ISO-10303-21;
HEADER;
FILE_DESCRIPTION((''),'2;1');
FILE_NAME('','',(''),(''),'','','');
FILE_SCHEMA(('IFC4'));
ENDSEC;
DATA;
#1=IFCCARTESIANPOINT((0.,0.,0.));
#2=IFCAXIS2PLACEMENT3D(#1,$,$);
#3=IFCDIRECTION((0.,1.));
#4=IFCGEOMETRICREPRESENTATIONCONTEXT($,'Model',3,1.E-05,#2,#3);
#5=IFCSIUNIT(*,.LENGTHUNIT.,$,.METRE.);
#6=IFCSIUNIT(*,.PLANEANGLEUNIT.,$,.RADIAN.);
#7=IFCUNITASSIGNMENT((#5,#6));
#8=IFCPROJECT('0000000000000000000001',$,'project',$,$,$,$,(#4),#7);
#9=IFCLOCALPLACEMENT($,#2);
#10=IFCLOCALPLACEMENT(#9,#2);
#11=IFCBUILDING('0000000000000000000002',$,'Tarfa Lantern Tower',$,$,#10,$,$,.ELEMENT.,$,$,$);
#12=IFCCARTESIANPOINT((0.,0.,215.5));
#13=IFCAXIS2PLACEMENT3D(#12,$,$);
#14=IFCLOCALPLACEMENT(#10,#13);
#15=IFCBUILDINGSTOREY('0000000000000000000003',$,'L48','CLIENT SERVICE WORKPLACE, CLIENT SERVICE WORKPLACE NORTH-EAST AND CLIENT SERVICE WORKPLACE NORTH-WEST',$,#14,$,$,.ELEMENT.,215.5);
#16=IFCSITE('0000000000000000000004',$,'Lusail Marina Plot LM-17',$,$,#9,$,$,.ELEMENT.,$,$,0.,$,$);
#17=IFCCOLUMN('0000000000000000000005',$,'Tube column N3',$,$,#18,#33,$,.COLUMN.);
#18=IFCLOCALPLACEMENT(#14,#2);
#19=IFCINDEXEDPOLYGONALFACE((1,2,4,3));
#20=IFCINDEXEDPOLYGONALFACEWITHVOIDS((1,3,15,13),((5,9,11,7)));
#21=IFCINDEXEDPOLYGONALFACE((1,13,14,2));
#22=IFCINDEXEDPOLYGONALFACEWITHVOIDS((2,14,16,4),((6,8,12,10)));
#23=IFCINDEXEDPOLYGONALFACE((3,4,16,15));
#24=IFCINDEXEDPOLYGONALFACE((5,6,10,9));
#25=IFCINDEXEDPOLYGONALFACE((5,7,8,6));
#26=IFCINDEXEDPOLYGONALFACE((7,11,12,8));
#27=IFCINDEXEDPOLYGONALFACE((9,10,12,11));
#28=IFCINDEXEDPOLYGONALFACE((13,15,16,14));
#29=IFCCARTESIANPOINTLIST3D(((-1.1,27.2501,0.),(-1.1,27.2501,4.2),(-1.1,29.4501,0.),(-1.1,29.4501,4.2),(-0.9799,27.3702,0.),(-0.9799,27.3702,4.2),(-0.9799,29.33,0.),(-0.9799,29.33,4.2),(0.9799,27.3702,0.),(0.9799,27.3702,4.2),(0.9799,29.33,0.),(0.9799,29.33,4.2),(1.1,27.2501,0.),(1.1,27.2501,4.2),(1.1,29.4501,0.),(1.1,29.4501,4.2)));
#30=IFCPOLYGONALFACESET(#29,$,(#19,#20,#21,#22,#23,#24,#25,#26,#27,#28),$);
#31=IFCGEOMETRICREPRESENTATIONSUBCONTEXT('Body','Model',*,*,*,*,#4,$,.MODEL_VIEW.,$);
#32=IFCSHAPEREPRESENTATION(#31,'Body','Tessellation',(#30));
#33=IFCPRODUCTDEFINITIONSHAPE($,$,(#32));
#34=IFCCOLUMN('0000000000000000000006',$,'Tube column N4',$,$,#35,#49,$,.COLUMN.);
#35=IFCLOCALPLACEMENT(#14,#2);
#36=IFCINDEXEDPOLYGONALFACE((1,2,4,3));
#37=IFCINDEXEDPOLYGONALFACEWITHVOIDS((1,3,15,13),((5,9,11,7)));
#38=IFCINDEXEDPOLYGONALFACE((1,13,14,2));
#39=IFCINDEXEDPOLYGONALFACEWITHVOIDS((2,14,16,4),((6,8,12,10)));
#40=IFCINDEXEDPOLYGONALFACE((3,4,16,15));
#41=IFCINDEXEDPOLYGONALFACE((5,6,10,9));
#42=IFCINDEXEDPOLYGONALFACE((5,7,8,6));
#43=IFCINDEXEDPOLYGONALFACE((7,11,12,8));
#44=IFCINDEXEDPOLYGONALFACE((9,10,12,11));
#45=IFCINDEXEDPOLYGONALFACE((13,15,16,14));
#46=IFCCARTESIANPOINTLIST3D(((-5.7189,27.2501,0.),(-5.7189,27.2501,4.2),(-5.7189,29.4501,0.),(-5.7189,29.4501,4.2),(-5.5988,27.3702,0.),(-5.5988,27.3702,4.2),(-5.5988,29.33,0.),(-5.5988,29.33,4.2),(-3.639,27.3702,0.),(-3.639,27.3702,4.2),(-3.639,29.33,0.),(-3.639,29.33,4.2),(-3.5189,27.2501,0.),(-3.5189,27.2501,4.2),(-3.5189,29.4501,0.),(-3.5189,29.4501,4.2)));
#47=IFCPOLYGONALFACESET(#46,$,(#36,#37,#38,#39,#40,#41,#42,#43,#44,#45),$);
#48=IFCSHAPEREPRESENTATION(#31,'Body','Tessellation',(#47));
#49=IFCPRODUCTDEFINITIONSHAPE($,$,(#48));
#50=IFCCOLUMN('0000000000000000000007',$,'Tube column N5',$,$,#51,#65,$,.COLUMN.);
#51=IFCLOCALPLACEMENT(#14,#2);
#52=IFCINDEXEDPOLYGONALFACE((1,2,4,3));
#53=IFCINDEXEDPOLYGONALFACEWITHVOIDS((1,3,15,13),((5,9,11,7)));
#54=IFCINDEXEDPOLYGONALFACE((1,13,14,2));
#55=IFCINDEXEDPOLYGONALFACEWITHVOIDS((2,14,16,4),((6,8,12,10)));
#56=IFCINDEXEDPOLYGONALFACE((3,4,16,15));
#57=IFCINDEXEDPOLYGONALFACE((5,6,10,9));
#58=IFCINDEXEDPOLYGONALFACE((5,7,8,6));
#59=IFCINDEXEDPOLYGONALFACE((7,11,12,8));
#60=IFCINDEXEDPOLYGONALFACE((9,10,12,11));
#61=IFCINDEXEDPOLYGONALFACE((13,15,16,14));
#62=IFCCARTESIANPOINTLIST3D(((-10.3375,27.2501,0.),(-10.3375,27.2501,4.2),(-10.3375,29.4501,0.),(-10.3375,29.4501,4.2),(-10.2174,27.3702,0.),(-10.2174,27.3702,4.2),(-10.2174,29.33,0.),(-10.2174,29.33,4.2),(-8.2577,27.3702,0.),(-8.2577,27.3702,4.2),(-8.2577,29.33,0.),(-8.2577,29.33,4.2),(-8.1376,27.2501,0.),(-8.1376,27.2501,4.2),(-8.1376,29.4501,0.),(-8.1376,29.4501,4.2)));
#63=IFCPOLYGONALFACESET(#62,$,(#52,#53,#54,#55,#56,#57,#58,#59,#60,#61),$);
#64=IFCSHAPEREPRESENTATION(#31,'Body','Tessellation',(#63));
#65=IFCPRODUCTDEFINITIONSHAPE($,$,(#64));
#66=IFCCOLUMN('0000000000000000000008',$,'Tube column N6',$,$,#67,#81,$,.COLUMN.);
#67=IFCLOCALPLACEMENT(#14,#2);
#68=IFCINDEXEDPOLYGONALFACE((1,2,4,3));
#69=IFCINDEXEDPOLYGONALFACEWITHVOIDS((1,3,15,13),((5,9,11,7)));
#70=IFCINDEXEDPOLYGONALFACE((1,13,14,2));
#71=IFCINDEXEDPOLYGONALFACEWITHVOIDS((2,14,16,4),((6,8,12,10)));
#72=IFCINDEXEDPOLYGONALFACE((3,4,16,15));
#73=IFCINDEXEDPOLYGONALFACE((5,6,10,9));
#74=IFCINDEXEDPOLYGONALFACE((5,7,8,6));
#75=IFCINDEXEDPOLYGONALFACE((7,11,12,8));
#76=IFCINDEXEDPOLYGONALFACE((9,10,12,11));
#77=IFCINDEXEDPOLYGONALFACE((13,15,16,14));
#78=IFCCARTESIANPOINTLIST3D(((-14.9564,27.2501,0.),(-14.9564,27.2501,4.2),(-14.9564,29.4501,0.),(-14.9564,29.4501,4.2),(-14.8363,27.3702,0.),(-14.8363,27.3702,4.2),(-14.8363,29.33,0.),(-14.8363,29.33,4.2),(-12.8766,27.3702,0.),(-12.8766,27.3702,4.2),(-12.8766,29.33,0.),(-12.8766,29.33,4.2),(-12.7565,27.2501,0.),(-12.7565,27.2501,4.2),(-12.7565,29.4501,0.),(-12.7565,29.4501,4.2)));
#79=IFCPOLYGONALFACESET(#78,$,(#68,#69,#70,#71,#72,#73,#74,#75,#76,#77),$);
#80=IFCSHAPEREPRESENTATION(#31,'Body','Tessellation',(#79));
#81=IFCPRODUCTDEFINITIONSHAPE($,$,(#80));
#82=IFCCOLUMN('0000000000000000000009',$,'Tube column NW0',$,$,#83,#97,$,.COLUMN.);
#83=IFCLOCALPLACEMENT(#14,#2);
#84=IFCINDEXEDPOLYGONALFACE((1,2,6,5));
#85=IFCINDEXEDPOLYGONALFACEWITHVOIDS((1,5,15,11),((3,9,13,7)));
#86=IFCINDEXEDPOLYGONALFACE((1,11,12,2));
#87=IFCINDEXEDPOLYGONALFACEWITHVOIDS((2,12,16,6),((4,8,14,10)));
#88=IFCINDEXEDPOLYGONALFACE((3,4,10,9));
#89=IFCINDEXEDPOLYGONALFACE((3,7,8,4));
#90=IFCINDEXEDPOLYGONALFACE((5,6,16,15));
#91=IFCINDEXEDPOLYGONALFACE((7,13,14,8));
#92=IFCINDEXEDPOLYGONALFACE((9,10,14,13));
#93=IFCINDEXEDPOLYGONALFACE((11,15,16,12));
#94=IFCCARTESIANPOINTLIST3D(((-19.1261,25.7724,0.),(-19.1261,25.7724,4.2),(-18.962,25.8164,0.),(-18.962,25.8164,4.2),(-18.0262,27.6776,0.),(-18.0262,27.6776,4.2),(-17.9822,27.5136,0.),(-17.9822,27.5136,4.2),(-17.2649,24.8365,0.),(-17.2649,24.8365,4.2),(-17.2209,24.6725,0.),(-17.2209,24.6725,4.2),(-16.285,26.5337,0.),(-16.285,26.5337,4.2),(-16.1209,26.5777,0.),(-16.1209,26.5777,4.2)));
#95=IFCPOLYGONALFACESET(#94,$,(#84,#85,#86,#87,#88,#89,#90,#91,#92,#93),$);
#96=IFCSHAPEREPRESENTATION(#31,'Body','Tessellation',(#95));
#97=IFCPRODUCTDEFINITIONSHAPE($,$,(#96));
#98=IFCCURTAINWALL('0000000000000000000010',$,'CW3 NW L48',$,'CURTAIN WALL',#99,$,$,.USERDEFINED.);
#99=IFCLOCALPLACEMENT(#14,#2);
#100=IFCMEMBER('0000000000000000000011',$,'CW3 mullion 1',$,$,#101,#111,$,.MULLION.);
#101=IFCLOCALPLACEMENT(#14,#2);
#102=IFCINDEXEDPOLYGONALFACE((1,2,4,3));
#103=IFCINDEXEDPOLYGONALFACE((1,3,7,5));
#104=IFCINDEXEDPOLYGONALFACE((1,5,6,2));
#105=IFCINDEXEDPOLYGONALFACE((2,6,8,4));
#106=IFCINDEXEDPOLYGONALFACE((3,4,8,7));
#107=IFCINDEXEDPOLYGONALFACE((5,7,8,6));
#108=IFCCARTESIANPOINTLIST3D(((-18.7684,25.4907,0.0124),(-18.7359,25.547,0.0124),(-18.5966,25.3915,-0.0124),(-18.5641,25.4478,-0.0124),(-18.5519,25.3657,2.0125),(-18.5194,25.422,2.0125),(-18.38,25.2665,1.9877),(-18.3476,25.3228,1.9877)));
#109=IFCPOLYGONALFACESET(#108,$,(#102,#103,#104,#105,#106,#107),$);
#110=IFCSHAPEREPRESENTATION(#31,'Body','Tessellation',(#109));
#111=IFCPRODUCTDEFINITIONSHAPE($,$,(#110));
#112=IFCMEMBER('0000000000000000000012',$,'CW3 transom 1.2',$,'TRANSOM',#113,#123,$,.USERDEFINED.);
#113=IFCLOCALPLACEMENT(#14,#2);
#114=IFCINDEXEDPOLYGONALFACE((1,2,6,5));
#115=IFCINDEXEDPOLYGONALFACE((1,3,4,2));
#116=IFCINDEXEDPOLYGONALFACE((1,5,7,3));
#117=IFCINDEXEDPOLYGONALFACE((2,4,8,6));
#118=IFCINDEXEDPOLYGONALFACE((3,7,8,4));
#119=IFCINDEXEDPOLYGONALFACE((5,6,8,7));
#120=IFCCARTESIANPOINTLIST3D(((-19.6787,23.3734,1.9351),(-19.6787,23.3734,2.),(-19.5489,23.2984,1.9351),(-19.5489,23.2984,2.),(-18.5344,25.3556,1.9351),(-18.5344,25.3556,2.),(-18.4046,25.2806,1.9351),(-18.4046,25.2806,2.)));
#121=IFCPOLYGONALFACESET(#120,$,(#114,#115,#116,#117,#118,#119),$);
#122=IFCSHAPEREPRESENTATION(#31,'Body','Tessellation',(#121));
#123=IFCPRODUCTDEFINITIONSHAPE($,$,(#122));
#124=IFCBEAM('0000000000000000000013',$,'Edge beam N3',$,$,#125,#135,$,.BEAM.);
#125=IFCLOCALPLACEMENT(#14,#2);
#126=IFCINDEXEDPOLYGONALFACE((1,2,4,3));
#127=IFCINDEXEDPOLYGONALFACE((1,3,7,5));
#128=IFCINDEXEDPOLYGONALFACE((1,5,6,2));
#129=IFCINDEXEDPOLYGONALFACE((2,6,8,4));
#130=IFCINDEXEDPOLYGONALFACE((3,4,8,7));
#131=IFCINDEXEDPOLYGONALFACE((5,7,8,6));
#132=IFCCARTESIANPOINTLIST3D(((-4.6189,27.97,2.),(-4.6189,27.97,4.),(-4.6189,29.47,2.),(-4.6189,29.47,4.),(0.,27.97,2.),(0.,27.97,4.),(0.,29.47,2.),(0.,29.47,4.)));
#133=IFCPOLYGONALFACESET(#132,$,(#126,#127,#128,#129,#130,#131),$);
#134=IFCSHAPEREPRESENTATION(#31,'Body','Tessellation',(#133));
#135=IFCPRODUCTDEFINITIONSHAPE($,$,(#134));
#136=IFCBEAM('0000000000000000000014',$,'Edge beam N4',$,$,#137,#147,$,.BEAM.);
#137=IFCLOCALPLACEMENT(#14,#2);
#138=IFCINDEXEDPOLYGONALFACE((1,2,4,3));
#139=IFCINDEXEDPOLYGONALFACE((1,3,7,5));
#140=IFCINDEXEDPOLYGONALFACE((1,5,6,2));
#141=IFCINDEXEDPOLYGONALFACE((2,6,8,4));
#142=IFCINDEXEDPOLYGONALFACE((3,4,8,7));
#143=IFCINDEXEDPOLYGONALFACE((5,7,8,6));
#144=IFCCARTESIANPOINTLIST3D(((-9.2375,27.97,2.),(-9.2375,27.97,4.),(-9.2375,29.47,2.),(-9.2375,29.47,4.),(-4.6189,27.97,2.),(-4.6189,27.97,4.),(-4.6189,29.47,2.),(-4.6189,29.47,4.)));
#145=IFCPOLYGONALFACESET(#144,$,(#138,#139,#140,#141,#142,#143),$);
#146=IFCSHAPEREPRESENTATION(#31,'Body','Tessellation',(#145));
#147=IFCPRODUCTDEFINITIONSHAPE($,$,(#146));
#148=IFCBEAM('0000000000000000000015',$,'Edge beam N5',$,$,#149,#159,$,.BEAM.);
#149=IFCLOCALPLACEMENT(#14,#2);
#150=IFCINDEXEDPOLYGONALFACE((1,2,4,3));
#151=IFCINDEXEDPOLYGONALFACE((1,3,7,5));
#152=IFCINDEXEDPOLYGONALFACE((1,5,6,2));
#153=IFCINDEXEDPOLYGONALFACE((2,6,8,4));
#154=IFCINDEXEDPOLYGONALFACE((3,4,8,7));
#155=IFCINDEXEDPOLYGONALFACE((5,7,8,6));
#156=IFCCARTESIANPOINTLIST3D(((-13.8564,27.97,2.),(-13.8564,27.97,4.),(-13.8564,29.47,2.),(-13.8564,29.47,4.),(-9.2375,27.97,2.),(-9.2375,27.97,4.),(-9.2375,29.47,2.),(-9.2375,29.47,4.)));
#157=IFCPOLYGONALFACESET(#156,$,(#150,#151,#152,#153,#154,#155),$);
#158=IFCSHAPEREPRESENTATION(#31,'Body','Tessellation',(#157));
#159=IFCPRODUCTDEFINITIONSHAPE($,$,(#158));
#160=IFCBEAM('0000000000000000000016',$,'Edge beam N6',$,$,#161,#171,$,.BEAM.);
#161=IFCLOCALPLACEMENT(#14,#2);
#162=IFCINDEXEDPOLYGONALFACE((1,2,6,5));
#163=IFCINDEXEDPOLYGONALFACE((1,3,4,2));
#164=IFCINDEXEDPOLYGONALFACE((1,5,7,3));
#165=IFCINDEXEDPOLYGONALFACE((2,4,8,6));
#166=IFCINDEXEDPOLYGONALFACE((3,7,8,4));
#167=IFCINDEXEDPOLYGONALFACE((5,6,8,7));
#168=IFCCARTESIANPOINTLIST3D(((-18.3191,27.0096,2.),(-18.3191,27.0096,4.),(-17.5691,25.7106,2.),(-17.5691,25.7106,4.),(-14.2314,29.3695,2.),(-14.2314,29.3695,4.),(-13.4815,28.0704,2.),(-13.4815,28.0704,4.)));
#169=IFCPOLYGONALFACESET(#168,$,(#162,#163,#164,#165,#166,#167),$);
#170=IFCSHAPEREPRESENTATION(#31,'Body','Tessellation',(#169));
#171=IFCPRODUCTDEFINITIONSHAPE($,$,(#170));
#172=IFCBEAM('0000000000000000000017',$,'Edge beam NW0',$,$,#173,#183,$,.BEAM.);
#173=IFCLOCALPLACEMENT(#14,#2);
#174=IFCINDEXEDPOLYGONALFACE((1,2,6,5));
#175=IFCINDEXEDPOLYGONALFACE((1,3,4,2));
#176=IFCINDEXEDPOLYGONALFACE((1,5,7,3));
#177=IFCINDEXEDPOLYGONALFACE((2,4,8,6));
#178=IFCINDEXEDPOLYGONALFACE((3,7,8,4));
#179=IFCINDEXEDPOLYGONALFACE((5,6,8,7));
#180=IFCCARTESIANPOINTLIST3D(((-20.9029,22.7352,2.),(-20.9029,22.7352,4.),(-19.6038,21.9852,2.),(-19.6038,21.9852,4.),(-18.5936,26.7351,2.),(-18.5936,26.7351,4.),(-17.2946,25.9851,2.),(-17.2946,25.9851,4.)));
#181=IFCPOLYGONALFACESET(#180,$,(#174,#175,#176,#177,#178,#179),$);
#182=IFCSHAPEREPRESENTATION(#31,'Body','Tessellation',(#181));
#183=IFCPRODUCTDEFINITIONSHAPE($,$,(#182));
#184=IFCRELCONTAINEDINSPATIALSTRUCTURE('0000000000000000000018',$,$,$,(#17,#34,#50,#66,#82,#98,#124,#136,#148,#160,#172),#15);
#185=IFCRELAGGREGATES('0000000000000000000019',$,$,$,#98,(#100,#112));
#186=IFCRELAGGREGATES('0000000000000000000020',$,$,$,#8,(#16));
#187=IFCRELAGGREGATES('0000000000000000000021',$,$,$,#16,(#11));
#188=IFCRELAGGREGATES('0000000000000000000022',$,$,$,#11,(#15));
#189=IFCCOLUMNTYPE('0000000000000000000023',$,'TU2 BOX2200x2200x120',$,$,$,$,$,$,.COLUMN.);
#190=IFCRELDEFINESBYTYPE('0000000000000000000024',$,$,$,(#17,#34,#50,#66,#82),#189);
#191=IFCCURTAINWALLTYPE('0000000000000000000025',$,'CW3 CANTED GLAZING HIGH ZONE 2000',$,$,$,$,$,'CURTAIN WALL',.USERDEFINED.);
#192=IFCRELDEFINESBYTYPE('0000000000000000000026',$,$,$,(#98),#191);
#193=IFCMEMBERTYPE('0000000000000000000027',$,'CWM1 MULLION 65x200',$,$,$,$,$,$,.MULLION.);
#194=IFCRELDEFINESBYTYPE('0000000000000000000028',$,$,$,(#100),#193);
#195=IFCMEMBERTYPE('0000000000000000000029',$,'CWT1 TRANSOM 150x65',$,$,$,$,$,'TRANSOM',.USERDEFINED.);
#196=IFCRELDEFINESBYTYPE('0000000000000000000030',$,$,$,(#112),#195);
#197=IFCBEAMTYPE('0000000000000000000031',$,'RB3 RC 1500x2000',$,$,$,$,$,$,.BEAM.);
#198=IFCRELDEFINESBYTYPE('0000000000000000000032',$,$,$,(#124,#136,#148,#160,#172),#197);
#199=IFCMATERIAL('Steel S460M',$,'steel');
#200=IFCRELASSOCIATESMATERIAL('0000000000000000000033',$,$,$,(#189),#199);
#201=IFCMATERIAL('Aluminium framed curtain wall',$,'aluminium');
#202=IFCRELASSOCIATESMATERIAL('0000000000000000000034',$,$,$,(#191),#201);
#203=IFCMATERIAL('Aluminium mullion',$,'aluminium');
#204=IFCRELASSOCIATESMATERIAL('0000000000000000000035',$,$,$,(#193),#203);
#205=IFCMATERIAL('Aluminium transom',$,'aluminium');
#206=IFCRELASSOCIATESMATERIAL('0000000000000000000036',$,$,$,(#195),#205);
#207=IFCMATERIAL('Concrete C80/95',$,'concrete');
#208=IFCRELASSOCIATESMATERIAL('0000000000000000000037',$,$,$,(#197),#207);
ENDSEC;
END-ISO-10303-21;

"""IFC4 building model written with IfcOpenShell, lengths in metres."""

from ifc_helpers import new_model, si_unit, direction, frame, origin, origin_2d, place, context, subcontext, project, spatial, rectangle, hollow_rectangle, extrude, material, material_profile, profile_set, type_object, element, aggregate, save


model = new_model("IFC4")

# Units and contexts
model_context = context("Model", 3, precision=1e-05, world=origin(), true_north=direction((0.0, 1.0)))
body_context = subcontext(model_context, "Body", "Model", "MODEL_VIEW")
ifc_project = project(units=[si_unit("LENGTHUNIT", "METRE"), si_unit("PLANEANGLEUNIT", "RADIAN")], contexts=[model_context])

# Site, building, storey
site_placement = place(None, origin())
site = spatial("IfcSite", under=ifc_project, at=site_placement, Name="Lusail Marina Plot LM-17", CompositionType="ELEMENT", RefElevation=0.0)
building_placement = place(site_placement, origin())
building = spatial("IfcBuilding", under=site, at=building_placement, Name="Tarfa Lantern Tower", CompositionType="ELEMENT")
storey_placement = place(building_placement, frame((0.0, 0.0, 215.5)))
storey = spatial("IfcBuildingStorey", under=building, at=storey_placement, Name="L48", Description="CLIENT SERVICE WORKPLACE, CLIENT SERVICE WORKPLACE NORTH-EAST AND CLIENT SERVICE WORKPLACE NORTH-WEST", CompositionType="ELEMENT", Elevation=215.5)

# Columns
ifc_material_1 = material(Name="Steel S460M", Category="steel")
ifc_material_profile_1 = material_profile(ifc_material_1, hollow_rectangle(XDim=2.2, YDim=2.2, WallThickness=0.1201, at=origin_2d()), Name="BOX2200x2200x120")
ifc_profile_set_1 = profile_set([ifc_material_profile_1], Name="Steel S460M")
column_type = type_object("IfcColumnType", Name="TU2 BOX2200x2200x120", PredefinedType="COLUMN", material=ifc_profile_set_1)
for number, where, z_axis, x_axis, name in (
    (1, (0.0, 28.3501, 0.0), (0.0, 0.0, 1.0), (-1.0, 0.0, 0.0), "Tube column N3"),
    (2, (-4.6189, 28.3501, 0.0), (0.0, 0.0, 1.0), (-1.0, 0.0, 0.0), "Tube column N4"),
    (3, (-9.2375, 28.3501, 0.0), (0.0, 0.0, 1.0), (-1.0, 0.0, 0.0), "Tube column N5"),
    (4, (-13.8564, 28.3501, 0.0), (0.0, 0.0, 1.0), (-1.0, 0.0, 0.0), "Tube column N6"),
    (5, (-17.6235, 26.175, 0.0), (0.0, 0.0, 1.0), (-0.5, -0.866025, 0.0), "Tube column NW0"),
):
    element("IfcColumn", number, at=place(storey_placement, frame(where, z_axis=z_axis, x_axis=x_axis)), inside=storey, type_object=column_type, Name=name, PredefinedType="COLUMN", context=body_context, shape_type="SweptSolid", body=[
        extrude(hollow_rectangle(XDim=2.2, YDim=2.2, WallThickness=0.1201, at=origin_2d()), origin(), (0.0, 0.0, 1.0), 4.2),
    ])

# Curtain wall, members
ifc_material_2 = material(Name="Aluminium framed curtain wall", Category="aluminium")
curtain_wall_type = type_object("IfcCurtainWallType", Name="CW3 CANTED GLAZING HIGH ZONE 2000", ElementType="CURTAIN WALL", PredefinedType="USERDEFINED", material=ifc_material_2)
curtain_wall_placement = place(storey_placement, origin())
curtain_wall = element("IfcCurtainWall", 6, at=curtain_wall_placement, inside=storey, type_object=curtain_wall_type, Name="CW3 NW L48", ObjectType="CURTAIN WALL", PredefinedType="USERDEFINED")
ifc_material_3 = material(Name="Aluminium mullion", Category="aluminium")
ifc_material_profile_2 = material_profile(ifc_material_3, rectangle(XDim=0.0649, YDim=0.2, at=origin_2d()), Name="AL MULLION 65x200")
ifc_profile_set_2 = profile_set([ifc_material_profile_2], Name="Aluminium mullion")
member_type_1 = type_object("IfcMemberType", Name="CWM1 MULLION 65x200", PredefinedType="MULLION", material=ifc_profile_set_2)
member_1_placement = place(storey_placement, frame((-18.6663, 25.4692, 0.0), z_axis=(0.10744, -0.062017, 0.992275), x_axis=(0.49992, 0.866072, 0.0)))
member_1 = element("IfcMember", 7, at=member_1_placement, type_object=member_type_1, Name="CW3 mullion 1", PredefinedType="MULLION", context=body_context, shape_type="SweptSolid", body=[
    extrude(rectangle(XDim=0.0649, YDim=0.2, at=origin_2d()), origin(), (0.0, 0.0, 1.0), 2.0156),
])
ifc_material_4 = material(Name="Aluminium transom", Category="aluminium")
ifc_material_profile_3 = material_profile(ifc_material_4, rectangle(XDim=0.1499, YDim=0.0649, at=origin_2d()), Name="AL TRANSOM 150x65")
ifc_profile_set_3 = profile_set([ifc_material_profile_3], Name="Aluminium transom")
member_type_2 = type_object("IfcMemberType", Name="CWT1 TRANSOM 150x65", ElementType="TRANSOM", PredefinedType="USERDEFINED", material=ifc_profile_set_3)
member_2_placement = place(storey_placement, frame((-18.4695, 25.3181, 1.9675), z_axis=(-0.499959, -0.866049, 0.0), x_axis=(0.866049, -0.499959, 0.0)))
member_2 = element("IfcMember", 8, at=member_2_placement, type_object=member_type_2, Name="CW3 transom 1.2", ObjectType="TRANSOM", PredefinedType="USERDEFINED", context=body_context, shape_type="SweptSolid", body=[
    extrude(rectangle(XDim=0.1499, YDim=0.0649, at=origin_2d()), origin(), (0.0, 0.0, 1.0), 2.2888),
])
aggregate(curtain_wall, [member_1, member_2])

# Beams
ifc_material_5 = material(Name="Concrete C80/95", Category="concrete")
ifc_material_profile_4 = material_profile(ifc_material_5, rectangle(XDim=1.5, YDim=2.0, at=origin_2d()), Name="RC 1500x2000")
ifc_profile_set_4 = profile_set([ifc_material_profile_4], Name="Concrete C80/95")
beam_type_1 = type_object("IfcBeamType", Name="RB3 RC 1500x2000", PredefinedType="BEAM", material=ifc_profile_set_4)
beam_1_placement = place(storey_placement, frame((0.0, 28.72, 3.0), z_axis=(-1.0, 0.0, 0.0), x_axis=(0.0, -1.0, 0.0)))
element("IfcBeam", 9, at=beam_1_placement, inside=storey, type_object=beam_type_1, Name="Edge beam N3", PredefinedType="BEAM", context=body_context, shape_type="SweptSolid", body=[
    extrude(rectangle(XDim=1.5, YDim=2.0, at=origin_2d()), origin(), (0.0, 0.0, 1.0), 4.6189),
])
beam_2_placement = place(storey_placement, frame((-4.6189, 28.72, 3.0), z_axis=(-1.0, 0.0, 0.0), x_axis=(0.0, -1.0, 0.0)))
element("IfcBeam", 10, at=beam_2_placement, inside=storey, type_object=beam_type_1, Name="Edge beam N4", PredefinedType="BEAM", context=body_context, shape_type="SweptSolid", body=[
    extrude(rectangle(XDim=1.5, YDim=2.0, at=origin_2d()), origin(), (0.0, 0.0, 1.0), 4.6187),
])
beam_3_placement = place(storey_placement, frame((-9.2375, 28.72, 3.0), z_axis=(-1.0, 0.0, 0.0), x_axis=(0.0, -1.0, 0.0)))
element("IfcBeam", 11, at=beam_3_placement, inside=storey, type_object=beam_type_1, Name="Edge beam N5", PredefinedType="BEAM", context=body_context, shape_type="SweptSolid", body=[
    extrude(rectangle(XDim=1.5, YDim=2.0, at=origin_2d()), origin(), (0.0, 0.0, 1.0), 4.6189),
])
beam_4_placement = place(storey_placement, frame((-13.8564, 28.72, 3.0), z_axis=(-0.866038, -0.499978, 0.0), x_axis=(0.499978, -0.866038, 0.0)))
element("IfcBeam", 12, at=beam_4_placement, inside=storey, type_object=beam_type_1, Name="Edge beam N6", PredefinedType="BEAM", context=body_context, shape_type="SweptSolid", body=[
    extrude(rectangle(XDim=1.5, YDim=2.0, at=origin_2d()), origin(), (0.0, 0.0, 1.0), 4.72),
])
beam_5_placement = place(storey_placement, frame((-17.9441, 26.3601, 3.0), z_axis=(-0.499988, -0.866032, 0.0), x_axis=(0.866032, -0.499988, 0.0)))
element("IfcBeam", 13, at=beam_5_placement, inside=storey, type_object=beam_type_1, Name="Edge beam NW0", PredefinedType="BEAM", context=body_context, shape_type="SweptSolid", body=[
    extrude(rectangle(XDim=1.5, YDim=2.0, at=origin_2d()), origin(), (0.0, 0.0, 1.0), 4.6187),
])

save(model, "model.ifc")
